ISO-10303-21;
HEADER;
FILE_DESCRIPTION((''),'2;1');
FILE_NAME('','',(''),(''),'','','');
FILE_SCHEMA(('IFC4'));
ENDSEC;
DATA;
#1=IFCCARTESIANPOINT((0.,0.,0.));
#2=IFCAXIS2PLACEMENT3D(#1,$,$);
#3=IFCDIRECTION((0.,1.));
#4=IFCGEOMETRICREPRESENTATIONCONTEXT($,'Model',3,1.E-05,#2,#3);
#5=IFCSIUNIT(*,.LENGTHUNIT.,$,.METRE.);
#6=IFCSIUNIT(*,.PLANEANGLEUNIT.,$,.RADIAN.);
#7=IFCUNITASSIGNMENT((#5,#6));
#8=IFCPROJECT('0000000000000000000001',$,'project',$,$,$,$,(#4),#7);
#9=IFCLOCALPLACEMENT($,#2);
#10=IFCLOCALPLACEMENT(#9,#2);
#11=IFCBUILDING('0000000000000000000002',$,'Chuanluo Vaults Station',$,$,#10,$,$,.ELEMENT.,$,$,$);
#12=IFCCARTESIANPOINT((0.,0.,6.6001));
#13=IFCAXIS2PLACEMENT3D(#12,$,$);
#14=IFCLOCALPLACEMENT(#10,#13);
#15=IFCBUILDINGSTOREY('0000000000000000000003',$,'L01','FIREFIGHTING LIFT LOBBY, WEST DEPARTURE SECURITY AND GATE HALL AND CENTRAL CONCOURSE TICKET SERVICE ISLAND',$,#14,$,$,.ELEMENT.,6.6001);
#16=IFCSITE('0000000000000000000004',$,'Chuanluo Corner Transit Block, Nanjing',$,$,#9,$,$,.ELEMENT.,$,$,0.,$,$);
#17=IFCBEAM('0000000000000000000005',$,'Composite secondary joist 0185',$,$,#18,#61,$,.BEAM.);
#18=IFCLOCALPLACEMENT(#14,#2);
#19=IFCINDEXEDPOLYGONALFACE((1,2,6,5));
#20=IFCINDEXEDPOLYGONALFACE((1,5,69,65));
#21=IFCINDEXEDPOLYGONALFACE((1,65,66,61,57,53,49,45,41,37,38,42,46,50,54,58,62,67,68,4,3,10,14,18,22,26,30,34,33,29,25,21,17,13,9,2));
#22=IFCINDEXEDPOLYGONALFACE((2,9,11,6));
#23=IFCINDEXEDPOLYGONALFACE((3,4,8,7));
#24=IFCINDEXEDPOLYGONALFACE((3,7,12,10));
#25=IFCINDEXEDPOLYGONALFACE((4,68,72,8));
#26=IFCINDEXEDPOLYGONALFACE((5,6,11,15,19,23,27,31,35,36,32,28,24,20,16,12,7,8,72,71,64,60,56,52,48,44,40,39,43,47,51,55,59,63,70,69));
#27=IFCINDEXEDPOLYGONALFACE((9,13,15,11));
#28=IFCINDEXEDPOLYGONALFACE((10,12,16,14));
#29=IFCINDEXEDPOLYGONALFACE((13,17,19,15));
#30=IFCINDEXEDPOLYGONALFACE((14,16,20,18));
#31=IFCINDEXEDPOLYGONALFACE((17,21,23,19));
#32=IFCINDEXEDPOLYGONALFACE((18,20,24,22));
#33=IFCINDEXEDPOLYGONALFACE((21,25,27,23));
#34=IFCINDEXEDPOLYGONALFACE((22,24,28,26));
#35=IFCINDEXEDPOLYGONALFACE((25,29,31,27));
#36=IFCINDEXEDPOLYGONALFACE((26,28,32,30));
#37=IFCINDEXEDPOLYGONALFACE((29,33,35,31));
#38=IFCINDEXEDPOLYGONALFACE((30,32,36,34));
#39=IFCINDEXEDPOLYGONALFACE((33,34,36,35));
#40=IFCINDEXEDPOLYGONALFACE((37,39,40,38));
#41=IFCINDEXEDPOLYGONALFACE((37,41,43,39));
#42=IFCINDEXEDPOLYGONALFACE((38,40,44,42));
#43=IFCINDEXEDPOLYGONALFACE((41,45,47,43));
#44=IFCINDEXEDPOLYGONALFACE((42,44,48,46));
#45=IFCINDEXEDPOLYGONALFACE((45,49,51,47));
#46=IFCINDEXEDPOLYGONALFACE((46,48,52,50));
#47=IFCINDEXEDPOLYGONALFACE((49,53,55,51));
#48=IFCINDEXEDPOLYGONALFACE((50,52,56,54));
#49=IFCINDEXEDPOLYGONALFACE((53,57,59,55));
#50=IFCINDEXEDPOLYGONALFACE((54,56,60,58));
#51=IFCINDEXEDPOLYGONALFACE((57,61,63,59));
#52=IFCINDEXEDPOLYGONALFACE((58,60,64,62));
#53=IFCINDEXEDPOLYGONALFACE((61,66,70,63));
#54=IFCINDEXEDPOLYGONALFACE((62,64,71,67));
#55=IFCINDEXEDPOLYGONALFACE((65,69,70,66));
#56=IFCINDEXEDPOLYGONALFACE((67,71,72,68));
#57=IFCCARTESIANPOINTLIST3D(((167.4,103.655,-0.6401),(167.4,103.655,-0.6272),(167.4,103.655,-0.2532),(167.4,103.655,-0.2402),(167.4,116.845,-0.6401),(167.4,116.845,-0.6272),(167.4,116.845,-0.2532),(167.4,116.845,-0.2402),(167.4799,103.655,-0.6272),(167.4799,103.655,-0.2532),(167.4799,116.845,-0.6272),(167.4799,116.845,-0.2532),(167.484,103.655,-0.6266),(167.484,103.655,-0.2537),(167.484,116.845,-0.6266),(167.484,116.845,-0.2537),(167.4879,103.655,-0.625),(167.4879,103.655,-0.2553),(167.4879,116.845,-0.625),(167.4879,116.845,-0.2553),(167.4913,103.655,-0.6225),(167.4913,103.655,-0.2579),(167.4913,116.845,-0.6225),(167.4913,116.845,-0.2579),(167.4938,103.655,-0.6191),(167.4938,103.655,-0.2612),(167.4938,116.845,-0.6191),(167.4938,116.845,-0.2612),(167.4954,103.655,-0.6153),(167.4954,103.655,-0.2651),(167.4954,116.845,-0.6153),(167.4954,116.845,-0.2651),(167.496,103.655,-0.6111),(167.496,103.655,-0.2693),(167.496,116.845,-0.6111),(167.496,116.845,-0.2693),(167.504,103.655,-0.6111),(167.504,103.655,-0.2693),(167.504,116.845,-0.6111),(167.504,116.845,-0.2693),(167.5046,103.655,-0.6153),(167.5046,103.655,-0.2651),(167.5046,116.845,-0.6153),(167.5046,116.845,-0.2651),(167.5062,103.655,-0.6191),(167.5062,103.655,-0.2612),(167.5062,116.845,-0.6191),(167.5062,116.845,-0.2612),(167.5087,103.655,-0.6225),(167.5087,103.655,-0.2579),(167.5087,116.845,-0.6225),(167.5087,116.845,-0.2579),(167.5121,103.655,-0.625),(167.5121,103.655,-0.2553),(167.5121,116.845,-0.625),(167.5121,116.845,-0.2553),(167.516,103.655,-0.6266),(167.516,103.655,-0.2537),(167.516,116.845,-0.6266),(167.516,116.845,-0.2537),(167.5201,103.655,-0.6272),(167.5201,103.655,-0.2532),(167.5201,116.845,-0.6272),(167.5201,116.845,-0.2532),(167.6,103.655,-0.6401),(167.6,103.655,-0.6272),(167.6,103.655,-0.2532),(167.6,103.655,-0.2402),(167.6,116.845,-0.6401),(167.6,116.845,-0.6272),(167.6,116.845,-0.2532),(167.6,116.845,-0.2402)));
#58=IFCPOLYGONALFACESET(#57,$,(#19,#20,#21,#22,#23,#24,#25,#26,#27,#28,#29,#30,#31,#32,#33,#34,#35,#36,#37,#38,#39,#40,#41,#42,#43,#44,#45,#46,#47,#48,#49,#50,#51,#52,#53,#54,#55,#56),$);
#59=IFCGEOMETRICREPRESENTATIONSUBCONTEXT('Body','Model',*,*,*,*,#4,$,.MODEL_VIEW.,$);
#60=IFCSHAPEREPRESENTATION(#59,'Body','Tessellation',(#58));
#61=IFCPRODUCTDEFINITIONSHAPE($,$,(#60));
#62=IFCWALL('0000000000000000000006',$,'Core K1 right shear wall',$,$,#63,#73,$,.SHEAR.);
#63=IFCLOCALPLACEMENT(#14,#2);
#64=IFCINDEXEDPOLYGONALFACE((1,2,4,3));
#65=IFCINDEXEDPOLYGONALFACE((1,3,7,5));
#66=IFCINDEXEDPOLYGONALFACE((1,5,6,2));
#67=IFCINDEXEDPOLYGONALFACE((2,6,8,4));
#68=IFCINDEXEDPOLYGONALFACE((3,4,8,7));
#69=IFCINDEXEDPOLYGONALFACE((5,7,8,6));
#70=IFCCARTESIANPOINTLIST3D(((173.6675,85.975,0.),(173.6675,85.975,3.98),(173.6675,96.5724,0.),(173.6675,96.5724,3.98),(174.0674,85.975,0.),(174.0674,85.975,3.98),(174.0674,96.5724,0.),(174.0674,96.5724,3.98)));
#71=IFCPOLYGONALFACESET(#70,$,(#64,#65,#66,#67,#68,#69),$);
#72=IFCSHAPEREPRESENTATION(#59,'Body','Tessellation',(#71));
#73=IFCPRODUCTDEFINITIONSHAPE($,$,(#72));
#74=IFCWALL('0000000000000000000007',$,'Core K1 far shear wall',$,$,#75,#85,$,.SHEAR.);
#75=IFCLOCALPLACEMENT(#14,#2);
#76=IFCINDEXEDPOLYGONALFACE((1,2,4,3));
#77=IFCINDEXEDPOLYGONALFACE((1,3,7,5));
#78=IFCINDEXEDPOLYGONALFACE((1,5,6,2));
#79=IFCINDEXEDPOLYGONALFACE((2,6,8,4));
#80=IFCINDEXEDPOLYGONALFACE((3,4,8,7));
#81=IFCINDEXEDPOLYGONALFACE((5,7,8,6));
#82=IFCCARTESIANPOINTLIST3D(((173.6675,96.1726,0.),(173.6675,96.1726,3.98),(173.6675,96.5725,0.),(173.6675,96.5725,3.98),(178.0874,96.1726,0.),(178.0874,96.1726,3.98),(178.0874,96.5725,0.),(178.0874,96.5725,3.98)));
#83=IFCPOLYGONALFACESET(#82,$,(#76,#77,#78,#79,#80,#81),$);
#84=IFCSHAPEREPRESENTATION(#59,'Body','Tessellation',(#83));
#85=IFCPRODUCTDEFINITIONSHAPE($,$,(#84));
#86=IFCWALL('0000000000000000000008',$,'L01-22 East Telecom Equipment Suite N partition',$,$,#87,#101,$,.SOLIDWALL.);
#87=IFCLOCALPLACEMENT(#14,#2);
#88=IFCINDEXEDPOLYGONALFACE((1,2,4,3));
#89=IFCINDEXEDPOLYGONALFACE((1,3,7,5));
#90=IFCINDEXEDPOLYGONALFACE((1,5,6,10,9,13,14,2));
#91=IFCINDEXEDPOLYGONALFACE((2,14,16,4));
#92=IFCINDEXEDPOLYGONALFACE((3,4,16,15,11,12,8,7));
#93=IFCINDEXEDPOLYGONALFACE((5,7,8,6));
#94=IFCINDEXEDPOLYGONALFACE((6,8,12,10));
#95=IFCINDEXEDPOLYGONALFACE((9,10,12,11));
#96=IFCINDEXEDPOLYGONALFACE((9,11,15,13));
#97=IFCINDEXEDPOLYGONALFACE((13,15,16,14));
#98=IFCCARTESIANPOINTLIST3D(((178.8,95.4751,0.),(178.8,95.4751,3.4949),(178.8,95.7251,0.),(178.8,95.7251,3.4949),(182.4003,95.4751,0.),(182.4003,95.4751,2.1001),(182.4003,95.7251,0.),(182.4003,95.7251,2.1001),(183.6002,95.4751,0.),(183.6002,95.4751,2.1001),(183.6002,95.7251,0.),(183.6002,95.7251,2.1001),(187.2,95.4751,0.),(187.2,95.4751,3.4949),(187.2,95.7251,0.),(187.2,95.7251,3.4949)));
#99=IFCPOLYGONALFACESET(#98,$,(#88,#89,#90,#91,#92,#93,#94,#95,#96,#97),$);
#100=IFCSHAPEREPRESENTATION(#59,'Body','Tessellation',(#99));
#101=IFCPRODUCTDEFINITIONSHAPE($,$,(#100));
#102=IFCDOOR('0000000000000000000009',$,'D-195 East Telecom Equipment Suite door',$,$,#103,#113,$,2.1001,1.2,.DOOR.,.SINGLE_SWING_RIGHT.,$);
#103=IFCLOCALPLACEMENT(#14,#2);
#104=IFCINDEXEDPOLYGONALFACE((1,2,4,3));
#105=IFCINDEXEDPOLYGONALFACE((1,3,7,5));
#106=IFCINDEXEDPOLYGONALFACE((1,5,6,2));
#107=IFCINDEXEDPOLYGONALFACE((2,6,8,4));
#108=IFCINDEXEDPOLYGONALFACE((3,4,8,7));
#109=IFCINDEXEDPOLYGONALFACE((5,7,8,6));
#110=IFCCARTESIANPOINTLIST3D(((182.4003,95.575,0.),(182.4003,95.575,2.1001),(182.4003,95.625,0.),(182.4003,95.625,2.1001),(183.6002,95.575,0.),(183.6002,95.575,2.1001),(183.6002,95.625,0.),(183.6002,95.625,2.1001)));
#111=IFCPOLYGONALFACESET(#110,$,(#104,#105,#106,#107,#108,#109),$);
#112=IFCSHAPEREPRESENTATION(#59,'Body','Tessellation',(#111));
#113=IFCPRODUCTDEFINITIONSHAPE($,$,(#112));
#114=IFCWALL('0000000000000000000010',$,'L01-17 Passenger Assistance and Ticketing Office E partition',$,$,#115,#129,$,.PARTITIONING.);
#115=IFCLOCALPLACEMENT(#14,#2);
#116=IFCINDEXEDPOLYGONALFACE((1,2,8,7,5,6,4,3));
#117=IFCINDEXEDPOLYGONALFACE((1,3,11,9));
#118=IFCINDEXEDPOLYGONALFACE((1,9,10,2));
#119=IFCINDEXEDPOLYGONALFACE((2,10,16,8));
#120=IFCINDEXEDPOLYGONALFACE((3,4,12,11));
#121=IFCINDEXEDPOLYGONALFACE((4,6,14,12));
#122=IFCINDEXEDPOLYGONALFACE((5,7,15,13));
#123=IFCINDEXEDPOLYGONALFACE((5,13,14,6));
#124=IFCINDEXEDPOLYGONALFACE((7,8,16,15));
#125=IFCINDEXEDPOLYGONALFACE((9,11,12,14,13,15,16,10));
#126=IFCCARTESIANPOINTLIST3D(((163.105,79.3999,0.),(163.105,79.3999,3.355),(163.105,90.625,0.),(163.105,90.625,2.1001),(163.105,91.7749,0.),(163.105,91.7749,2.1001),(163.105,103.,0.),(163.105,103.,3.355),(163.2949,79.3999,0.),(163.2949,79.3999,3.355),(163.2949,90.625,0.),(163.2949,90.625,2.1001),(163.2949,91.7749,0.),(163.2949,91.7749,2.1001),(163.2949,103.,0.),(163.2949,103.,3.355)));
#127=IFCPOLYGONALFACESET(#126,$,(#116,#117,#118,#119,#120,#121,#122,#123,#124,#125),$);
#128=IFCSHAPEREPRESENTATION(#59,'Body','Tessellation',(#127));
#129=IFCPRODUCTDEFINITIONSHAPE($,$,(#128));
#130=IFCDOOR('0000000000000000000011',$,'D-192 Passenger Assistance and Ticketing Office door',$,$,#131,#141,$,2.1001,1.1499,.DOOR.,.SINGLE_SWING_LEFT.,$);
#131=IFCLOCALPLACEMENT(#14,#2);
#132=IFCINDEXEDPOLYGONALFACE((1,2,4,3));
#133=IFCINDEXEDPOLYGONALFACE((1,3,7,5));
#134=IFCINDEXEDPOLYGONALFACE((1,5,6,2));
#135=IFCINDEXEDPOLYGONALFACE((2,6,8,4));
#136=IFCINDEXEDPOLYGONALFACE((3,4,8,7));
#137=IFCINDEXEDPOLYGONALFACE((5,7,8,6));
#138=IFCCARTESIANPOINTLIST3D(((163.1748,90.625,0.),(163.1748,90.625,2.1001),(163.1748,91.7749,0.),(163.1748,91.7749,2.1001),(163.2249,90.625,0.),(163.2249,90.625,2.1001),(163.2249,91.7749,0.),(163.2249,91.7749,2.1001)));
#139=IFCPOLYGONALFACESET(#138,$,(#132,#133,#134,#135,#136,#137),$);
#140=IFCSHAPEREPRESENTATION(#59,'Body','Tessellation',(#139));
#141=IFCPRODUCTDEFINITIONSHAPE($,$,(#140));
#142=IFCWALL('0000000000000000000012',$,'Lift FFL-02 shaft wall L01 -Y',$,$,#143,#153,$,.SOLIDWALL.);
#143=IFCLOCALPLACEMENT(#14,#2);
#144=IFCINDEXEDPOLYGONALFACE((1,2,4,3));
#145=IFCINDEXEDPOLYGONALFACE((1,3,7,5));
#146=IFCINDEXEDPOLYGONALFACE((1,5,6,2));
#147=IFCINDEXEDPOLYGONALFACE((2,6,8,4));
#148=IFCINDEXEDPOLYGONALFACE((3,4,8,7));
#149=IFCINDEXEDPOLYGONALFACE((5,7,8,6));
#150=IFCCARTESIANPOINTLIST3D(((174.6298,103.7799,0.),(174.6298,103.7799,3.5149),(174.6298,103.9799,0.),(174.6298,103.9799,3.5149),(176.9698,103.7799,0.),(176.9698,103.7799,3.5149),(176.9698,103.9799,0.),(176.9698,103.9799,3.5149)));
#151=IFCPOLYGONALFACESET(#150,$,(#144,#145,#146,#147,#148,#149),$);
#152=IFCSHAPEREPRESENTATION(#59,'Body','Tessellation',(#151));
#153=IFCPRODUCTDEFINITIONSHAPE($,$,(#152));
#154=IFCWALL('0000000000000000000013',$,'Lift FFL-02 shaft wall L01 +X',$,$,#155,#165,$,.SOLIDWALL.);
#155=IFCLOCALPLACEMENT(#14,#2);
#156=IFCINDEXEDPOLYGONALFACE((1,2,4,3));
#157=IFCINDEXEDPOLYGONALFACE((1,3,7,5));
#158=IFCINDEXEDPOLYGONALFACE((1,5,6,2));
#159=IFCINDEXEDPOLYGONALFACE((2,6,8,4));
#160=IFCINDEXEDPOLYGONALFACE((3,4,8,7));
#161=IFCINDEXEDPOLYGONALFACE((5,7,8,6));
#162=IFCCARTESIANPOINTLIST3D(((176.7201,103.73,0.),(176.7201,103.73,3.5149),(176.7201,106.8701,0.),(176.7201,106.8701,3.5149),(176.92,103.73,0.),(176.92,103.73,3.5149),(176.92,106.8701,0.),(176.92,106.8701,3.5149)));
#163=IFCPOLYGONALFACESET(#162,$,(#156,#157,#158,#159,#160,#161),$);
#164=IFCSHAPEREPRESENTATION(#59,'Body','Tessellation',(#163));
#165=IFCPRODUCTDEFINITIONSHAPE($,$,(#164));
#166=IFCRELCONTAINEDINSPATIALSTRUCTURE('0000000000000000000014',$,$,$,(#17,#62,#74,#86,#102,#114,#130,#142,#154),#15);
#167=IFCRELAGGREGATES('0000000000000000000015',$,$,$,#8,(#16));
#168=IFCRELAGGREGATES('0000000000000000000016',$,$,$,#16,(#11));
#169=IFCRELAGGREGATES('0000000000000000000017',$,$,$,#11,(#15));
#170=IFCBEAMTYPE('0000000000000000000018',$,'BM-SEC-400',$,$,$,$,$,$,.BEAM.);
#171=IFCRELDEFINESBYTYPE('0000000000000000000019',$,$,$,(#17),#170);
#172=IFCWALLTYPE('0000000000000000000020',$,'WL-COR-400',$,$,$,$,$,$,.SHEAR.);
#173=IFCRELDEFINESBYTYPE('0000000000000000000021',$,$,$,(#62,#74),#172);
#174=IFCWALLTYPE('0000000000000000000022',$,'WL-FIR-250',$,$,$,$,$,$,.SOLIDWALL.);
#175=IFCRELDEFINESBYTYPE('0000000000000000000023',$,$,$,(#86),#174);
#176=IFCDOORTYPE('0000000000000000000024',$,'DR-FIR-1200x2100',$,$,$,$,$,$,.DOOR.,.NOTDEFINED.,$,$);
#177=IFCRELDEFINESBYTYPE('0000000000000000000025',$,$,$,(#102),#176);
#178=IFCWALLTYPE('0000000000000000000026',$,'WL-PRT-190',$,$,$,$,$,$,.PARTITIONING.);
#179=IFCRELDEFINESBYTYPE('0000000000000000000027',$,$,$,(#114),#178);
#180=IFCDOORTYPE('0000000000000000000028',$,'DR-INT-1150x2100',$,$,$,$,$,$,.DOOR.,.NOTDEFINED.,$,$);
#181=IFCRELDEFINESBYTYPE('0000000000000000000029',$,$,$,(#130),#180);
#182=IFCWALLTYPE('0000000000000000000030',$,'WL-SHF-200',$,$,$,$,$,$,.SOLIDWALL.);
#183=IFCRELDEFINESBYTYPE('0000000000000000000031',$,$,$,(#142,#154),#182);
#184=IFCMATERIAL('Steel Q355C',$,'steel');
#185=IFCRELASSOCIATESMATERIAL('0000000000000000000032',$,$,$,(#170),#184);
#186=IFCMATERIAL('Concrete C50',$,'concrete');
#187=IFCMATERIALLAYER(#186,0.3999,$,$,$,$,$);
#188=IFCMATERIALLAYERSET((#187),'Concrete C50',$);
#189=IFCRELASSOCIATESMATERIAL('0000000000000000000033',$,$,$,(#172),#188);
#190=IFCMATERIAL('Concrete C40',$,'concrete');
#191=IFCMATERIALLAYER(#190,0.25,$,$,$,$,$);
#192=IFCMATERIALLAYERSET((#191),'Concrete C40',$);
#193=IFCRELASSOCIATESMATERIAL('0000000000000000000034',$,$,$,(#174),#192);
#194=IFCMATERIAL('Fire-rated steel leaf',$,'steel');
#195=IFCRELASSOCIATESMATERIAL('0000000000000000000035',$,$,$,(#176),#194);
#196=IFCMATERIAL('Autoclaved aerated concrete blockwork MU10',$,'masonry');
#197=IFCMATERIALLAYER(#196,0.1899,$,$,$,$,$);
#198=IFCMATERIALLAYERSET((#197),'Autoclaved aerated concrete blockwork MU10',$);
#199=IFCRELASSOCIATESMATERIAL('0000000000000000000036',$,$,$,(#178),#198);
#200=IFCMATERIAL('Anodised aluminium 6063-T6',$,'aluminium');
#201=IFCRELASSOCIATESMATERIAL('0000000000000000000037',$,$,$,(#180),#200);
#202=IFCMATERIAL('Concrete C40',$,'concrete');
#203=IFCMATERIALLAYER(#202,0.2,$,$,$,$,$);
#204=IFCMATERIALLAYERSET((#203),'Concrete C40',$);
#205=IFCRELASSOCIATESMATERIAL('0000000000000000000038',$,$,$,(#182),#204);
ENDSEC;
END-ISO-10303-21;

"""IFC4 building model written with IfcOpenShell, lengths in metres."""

from ifc_helpers import new_model, si_unit, direction, frame, frame_2d, origin, origin_2d, place, context, subcontext, project, spatial, rectangle, i_section, extrude, material, layer, layer_set, material_profile, profile_set, type_object, element, fill, save


model = new_model("IFC4")

# Units and contexts
model_context = context("Model", 3, precision=1e-05, world=origin(), true_north=direction((0.0, 1.0)))
body_context = subcontext(model_context, "Body", "Model", "MODEL_VIEW")
ifc_project = project(units=[si_unit("LENGTHUNIT", "METRE"), si_unit("PLANEANGLEUNIT", "RADIAN")], contexts=[model_context])

# Site, building, storey
site_placement = place(None, origin())
site = spatial("IfcSite", under=ifc_project, at=site_placement, Name="Chuanluo Corner Transit Block, Nanjing", CompositionType="ELEMENT", RefElevation=0.0)
building_placement = place(site_placement, origin())
building = spatial("IfcBuilding", under=site, at=building_placement, Name="Chuanluo Vaults Station", CompositionType="ELEMENT")
storey_placement = place(building_placement, frame((0.0, 0.0, 6.6001)))
storey = spatial("IfcBuildingStorey", under=building, at=storey_placement, Name="L01", Description="FIREFIGHTING LIFT LOBBY, WEST DEPARTURE SECURITY AND GATE HALL AND CENTRAL CONCOURSE TICKET SERVICE ISLAND", CompositionType="ELEMENT", Elevation=6.6001)

# Beam
ifc_material_1 = material(Name="Steel Q355C", Category="steel")
ifc_material_profile_1 = material_profile(ifc_material_1, i_section(OverallWidth=0.2, OverallDepth=0.3999, WebThickness=0.0081, FlangeThickness=0.0129, FilletRadius=0.0161, at=origin_2d()))
ifc_profile_set_1 = profile_set([ifc_material_profile_1], Name="Steel Q355C")
beam_type_1 = type_object("IfcBeamType", Name="BM-SEC-400", PredefinedType="BEAM", material=ifc_profile_set_1)
beam_1_placement = place(storey_placement, frame((167.5, 103.655, -0.4402), z_axis=(0.0, 1.0, 0.0), x_axis=(-1.0, 0.0, 0.0)))
element("IfcBeam", 1, at=beam_1_placement, inside=storey, type_object=beam_type_1, Name="Composite secondary joist 0185", PredefinedType="BEAM", context=body_context, shape_type="SweptSolid", body=[
    extrude(i_section(OverallWidth=0.2, OverallDepth=0.3999, WebThickness=0.0081, FlangeThickness=0.0129, FilletRadius=0.0161, at=origin_2d()), origin(), (0.0, 0.0, 1.0), 13.1899),
])

# Walls
ifc_material_2 = material(Name="Concrete C50", Category="concrete")
ifc_layer_1 = layer(ifc_material_2, 0.3999)
ifc_layer_set_1 = layer_set([ifc_layer_1], Name="Concrete C50")
wall_type_1 = type_object("IfcWallType", Name="WL-COR-400", PredefinedType="SHEAR", material=ifc_layer_set_1)
wall_1_placement = place(storey_placement, frame((173.8674, 96.5725, 0.0), z_axis=(0.0, 0.0, 1.0), x_axis=(0.0, -1.0, 0.0)))
element("IfcWall", 2, at=wall_1_placement, inside=storey, type_object=wall_type_1, Name="Core K1 right shear wall", PredefinedType="SHEAR", context=body_context, shape_type="SweptSolid", body=[
    extrude(rectangle(XDim=10.5974, YDim=0.3999, at=frame_2d((5.2988, 0.0))), origin(), (0.0, 0.0, 1.0), 3.98),
])
wall_2_placement = place(storey_placement, frame((178.0874, 96.3726, 0.0), z_axis=(0.0, 0.0, 1.0), x_axis=(-1.0, 0.0, 0.0)))
element("IfcWall", 3, at=wall_2_placement, inside=storey, type_object=wall_type_1, Name="Core K1 far shear wall", PredefinedType="SHEAR", context=body_context, shape_type="SweptSolid", body=[
    extrude(rectangle(XDim=4.4199, YDim=0.3999, at=frame_2d((2.21, 0.0))), origin(), (0.0, 0.0, 1.0), 3.98),
])

# Walls, openings, doors
ifc_material_3 = material(Name="Concrete C40", Category="concrete")
ifc_layer_2 = layer(ifc_material_3, 0.25)
ifc_layer_set_2 = layer_set([ifc_layer_2], Name="Concrete C40")
wall_type_2 = type_object("IfcWallType", Name="WL-FIR-250", PredefinedType="SOLIDWALL", material=ifc_layer_set_2)
wall_3_placement = place(storey_placement, frame((178.8, 95.6001, 0.0), z_axis=(0.0, 0.0, 1.0), x_axis=(1.0, 0.0, 0.0)))
wall_3 = element("IfcWall", 4, at=wall_3_placement, inside=storey, type_object=wall_type_2, Name="L01-22 East Telecom Equipment Suite N partition", PredefinedType="SOLIDWALL", context=body_context, shape_type="SweptSolid", body=[
    extrude(rectangle(XDim=8.3999, YDim=0.25, at=frame_2d((4.2, 0.0))), origin(), (0.0, 0.0, 1.0), 3.4949),
])
opening_1_placement = place(wall_3_placement, frame((3.6001, 0.0, 0.0)))
opening_1 = element("IfcOpeningElement", 5, at=opening_1_placement, cuts=wall_3, PredefinedType="OPENING", context=body_context, shape_type="SweptSolid", body=[
    extrude(rectangle(XDim=1.2, YDim=2.1001, at=frame_2d((0.6001, 1.05))), frame((0.0, 0.135, 0.0), z_axis=(0.0, -1.0, 0.0), x_axis=(1.0, 0.0, 0.0)), (0.0, 0.0, 1.0), 0.27),
])
ifc_material_4 = material(Name="Fire-rated steel leaf", Category="steel")
door_type_1 = type_object("IfcDoorType", Name="DR-FIR-1200x2100", OperationType="NOTDEFINED", PredefinedType="DOOR", material=ifc_material_4)
door_1_placement = place(opening_1_placement, origin())
door_1 = element("IfcDoor", 6, at=door_1_placement, inside=storey, type_object=door_type_1, Name="D-195 East Telecom Equipment Suite door", OperationType="SINGLE_SWING_RIGHT", OverallHeight=2.1001, OverallWidth=1.2, PredefinedType="DOOR", context=body_context, shape_type="SweptSolid", body=[
    extrude(rectangle(XDim=1.2, YDim=2.1001, at=frame_2d((0.6001, 1.05))), frame((0.0, 0.0249, 0.0), z_axis=(0.0, -1.0, 0.0), x_axis=(1.0, 0.0, 0.0)), (0.0, 0.0, 1.0), 0.05),
])
fill(opening_1, door_1)
ifc_material_5 = material(Name="Autoclaved aerated concrete blockwork MU10", Category="masonry")
ifc_layer_3 = layer(ifc_material_5, 0.1899)
ifc_layer_set_3 = layer_set([ifc_layer_3], Name="Autoclaved aerated concrete blockwork MU10")
wall_type_3 = type_object("IfcWallType", Name="WL-PRT-190", PredefinedType="PARTITIONING", material=ifc_layer_set_3)
wall_4_placement = place(storey_placement, frame((163.2, 103.0, 0.0), z_axis=(0.0, 0.0, 1.0), x_axis=(0.0, -1.0, 0.0)))
wall_4 = element("IfcWall", 7, at=wall_4_placement, inside=storey, type_object=wall_type_3, Name="L01-17 Passenger Assistance and Ticketing Office E partition", PredefinedType="PARTITIONING", context=body_context, shape_type="SweptSolid", body=[
    extrude(rectangle(XDim=23.6001, YDim=0.1899, at=frame_2d((11.8, 0.0))), origin(), (0.0, 0.0, 1.0), 3.355),
])
opening_2_placement = place(wall_4_placement, frame((11.2251, 0.0, 0.0)))
opening_2 = element("IfcOpeningElement", 8, at=opening_2_placement, cuts=wall_4, PredefinedType="OPENING", context=body_context, shape_type="SweptSolid", body=[
    extrude(rectangle(XDim=1.1499, YDim=2.1001, at=frame_2d((0.575, 1.05))), frame((0.0, 0.105, 0.0), z_axis=(0.0, -1.0, 0.0), x_axis=(1.0, 0.0, 0.0)), (0.0, 0.0, 1.0), 0.2099),
])
ifc_material_6 = material(Name="Anodised aluminium 6063-T6", Category="aluminium")
door_type_2 = type_object("IfcDoorType", Name="DR-INT-1150x2100", OperationType="NOTDEFINED", PredefinedType="DOOR", material=ifc_material_6)
door_2_placement = place(opening_2_placement, origin())
door_2 = element("IfcDoor", 9, at=door_2_placement, inside=storey, type_object=door_type_2, Name="D-192 Passenger Assistance and Ticketing Office door", OperationType="SINGLE_SWING_LEFT", OverallHeight=2.1001, OverallWidth=1.1499, PredefinedType="DOOR", context=body_context, shape_type="SweptSolid", body=[
    extrude(rectangle(XDim=1.1499, YDim=2.1001, at=frame_2d((0.575, 1.05))), frame((0.0, 0.0249, 0.0), z_axis=(0.0, -1.0, 0.0), x_axis=(1.0, 0.0, 0.0)), (0.0, 0.0, 1.0), 0.05),
])
fill(opening_2, door_2)

# Walls
ifc_material_7 = material(Name="Concrete C40", Category="concrete")
ifc_layer_4 = layer(ifc_material_7, 0.2)
ifc_layer_set_4 = layer_set([ifc_layer_4], Name="Concrete C40")
wall_type_4 = type_object("IfcWallType", Name="WL-SHF-200", PredefinedType="SOLIDWALL", material=ifc_layer_set_4)
wall_5_placement = place(storey_placement, frame((174.6299, 103.8799, 0.0), z_axis=(0.0, 0.0, 1.0), x_axis=(1.0, 0.0, 0.0)))
element("IfcWall", 10, at=wall_5_placement, inside=storey, type_object=wall_type_4, Name="Lift FFL-02 shaft wall L01 -Y", PredefinedType="SOLIDWALL", context=body_context, shape_type="SweptSolid", body=[
    extrude(rectangle(XDim=2.3401, YDim=0.2, at=frame_2d((1.1699, 0.0))), origin(), (0.0, 0.0, 1.0), 3.5149),
])
wall_6_placement = place(storey_placement, frame((176.8201, 103.73, 0.0), z_axis=(0.0, 0.0, 1.0), x_axis=(0.0, 1.0, 0.0)))
element("IfcWall", 11, at=wall_6_placement, inside=storey, type_object=wall_type_4, Name="Lift FFL-02 shaft wall L01 +X", PredefinedType="SOLIDWALL", context=body_context, shape_type="SweptSolid", body=[
    extrude(rectangle(XDim=3.1401, YDim=0.2, at=frame_2d((1.5701, 0.0))), origin(), (0.0, 0.0, 1.0), 3.5149),
])

save(model, "model.ifc")
